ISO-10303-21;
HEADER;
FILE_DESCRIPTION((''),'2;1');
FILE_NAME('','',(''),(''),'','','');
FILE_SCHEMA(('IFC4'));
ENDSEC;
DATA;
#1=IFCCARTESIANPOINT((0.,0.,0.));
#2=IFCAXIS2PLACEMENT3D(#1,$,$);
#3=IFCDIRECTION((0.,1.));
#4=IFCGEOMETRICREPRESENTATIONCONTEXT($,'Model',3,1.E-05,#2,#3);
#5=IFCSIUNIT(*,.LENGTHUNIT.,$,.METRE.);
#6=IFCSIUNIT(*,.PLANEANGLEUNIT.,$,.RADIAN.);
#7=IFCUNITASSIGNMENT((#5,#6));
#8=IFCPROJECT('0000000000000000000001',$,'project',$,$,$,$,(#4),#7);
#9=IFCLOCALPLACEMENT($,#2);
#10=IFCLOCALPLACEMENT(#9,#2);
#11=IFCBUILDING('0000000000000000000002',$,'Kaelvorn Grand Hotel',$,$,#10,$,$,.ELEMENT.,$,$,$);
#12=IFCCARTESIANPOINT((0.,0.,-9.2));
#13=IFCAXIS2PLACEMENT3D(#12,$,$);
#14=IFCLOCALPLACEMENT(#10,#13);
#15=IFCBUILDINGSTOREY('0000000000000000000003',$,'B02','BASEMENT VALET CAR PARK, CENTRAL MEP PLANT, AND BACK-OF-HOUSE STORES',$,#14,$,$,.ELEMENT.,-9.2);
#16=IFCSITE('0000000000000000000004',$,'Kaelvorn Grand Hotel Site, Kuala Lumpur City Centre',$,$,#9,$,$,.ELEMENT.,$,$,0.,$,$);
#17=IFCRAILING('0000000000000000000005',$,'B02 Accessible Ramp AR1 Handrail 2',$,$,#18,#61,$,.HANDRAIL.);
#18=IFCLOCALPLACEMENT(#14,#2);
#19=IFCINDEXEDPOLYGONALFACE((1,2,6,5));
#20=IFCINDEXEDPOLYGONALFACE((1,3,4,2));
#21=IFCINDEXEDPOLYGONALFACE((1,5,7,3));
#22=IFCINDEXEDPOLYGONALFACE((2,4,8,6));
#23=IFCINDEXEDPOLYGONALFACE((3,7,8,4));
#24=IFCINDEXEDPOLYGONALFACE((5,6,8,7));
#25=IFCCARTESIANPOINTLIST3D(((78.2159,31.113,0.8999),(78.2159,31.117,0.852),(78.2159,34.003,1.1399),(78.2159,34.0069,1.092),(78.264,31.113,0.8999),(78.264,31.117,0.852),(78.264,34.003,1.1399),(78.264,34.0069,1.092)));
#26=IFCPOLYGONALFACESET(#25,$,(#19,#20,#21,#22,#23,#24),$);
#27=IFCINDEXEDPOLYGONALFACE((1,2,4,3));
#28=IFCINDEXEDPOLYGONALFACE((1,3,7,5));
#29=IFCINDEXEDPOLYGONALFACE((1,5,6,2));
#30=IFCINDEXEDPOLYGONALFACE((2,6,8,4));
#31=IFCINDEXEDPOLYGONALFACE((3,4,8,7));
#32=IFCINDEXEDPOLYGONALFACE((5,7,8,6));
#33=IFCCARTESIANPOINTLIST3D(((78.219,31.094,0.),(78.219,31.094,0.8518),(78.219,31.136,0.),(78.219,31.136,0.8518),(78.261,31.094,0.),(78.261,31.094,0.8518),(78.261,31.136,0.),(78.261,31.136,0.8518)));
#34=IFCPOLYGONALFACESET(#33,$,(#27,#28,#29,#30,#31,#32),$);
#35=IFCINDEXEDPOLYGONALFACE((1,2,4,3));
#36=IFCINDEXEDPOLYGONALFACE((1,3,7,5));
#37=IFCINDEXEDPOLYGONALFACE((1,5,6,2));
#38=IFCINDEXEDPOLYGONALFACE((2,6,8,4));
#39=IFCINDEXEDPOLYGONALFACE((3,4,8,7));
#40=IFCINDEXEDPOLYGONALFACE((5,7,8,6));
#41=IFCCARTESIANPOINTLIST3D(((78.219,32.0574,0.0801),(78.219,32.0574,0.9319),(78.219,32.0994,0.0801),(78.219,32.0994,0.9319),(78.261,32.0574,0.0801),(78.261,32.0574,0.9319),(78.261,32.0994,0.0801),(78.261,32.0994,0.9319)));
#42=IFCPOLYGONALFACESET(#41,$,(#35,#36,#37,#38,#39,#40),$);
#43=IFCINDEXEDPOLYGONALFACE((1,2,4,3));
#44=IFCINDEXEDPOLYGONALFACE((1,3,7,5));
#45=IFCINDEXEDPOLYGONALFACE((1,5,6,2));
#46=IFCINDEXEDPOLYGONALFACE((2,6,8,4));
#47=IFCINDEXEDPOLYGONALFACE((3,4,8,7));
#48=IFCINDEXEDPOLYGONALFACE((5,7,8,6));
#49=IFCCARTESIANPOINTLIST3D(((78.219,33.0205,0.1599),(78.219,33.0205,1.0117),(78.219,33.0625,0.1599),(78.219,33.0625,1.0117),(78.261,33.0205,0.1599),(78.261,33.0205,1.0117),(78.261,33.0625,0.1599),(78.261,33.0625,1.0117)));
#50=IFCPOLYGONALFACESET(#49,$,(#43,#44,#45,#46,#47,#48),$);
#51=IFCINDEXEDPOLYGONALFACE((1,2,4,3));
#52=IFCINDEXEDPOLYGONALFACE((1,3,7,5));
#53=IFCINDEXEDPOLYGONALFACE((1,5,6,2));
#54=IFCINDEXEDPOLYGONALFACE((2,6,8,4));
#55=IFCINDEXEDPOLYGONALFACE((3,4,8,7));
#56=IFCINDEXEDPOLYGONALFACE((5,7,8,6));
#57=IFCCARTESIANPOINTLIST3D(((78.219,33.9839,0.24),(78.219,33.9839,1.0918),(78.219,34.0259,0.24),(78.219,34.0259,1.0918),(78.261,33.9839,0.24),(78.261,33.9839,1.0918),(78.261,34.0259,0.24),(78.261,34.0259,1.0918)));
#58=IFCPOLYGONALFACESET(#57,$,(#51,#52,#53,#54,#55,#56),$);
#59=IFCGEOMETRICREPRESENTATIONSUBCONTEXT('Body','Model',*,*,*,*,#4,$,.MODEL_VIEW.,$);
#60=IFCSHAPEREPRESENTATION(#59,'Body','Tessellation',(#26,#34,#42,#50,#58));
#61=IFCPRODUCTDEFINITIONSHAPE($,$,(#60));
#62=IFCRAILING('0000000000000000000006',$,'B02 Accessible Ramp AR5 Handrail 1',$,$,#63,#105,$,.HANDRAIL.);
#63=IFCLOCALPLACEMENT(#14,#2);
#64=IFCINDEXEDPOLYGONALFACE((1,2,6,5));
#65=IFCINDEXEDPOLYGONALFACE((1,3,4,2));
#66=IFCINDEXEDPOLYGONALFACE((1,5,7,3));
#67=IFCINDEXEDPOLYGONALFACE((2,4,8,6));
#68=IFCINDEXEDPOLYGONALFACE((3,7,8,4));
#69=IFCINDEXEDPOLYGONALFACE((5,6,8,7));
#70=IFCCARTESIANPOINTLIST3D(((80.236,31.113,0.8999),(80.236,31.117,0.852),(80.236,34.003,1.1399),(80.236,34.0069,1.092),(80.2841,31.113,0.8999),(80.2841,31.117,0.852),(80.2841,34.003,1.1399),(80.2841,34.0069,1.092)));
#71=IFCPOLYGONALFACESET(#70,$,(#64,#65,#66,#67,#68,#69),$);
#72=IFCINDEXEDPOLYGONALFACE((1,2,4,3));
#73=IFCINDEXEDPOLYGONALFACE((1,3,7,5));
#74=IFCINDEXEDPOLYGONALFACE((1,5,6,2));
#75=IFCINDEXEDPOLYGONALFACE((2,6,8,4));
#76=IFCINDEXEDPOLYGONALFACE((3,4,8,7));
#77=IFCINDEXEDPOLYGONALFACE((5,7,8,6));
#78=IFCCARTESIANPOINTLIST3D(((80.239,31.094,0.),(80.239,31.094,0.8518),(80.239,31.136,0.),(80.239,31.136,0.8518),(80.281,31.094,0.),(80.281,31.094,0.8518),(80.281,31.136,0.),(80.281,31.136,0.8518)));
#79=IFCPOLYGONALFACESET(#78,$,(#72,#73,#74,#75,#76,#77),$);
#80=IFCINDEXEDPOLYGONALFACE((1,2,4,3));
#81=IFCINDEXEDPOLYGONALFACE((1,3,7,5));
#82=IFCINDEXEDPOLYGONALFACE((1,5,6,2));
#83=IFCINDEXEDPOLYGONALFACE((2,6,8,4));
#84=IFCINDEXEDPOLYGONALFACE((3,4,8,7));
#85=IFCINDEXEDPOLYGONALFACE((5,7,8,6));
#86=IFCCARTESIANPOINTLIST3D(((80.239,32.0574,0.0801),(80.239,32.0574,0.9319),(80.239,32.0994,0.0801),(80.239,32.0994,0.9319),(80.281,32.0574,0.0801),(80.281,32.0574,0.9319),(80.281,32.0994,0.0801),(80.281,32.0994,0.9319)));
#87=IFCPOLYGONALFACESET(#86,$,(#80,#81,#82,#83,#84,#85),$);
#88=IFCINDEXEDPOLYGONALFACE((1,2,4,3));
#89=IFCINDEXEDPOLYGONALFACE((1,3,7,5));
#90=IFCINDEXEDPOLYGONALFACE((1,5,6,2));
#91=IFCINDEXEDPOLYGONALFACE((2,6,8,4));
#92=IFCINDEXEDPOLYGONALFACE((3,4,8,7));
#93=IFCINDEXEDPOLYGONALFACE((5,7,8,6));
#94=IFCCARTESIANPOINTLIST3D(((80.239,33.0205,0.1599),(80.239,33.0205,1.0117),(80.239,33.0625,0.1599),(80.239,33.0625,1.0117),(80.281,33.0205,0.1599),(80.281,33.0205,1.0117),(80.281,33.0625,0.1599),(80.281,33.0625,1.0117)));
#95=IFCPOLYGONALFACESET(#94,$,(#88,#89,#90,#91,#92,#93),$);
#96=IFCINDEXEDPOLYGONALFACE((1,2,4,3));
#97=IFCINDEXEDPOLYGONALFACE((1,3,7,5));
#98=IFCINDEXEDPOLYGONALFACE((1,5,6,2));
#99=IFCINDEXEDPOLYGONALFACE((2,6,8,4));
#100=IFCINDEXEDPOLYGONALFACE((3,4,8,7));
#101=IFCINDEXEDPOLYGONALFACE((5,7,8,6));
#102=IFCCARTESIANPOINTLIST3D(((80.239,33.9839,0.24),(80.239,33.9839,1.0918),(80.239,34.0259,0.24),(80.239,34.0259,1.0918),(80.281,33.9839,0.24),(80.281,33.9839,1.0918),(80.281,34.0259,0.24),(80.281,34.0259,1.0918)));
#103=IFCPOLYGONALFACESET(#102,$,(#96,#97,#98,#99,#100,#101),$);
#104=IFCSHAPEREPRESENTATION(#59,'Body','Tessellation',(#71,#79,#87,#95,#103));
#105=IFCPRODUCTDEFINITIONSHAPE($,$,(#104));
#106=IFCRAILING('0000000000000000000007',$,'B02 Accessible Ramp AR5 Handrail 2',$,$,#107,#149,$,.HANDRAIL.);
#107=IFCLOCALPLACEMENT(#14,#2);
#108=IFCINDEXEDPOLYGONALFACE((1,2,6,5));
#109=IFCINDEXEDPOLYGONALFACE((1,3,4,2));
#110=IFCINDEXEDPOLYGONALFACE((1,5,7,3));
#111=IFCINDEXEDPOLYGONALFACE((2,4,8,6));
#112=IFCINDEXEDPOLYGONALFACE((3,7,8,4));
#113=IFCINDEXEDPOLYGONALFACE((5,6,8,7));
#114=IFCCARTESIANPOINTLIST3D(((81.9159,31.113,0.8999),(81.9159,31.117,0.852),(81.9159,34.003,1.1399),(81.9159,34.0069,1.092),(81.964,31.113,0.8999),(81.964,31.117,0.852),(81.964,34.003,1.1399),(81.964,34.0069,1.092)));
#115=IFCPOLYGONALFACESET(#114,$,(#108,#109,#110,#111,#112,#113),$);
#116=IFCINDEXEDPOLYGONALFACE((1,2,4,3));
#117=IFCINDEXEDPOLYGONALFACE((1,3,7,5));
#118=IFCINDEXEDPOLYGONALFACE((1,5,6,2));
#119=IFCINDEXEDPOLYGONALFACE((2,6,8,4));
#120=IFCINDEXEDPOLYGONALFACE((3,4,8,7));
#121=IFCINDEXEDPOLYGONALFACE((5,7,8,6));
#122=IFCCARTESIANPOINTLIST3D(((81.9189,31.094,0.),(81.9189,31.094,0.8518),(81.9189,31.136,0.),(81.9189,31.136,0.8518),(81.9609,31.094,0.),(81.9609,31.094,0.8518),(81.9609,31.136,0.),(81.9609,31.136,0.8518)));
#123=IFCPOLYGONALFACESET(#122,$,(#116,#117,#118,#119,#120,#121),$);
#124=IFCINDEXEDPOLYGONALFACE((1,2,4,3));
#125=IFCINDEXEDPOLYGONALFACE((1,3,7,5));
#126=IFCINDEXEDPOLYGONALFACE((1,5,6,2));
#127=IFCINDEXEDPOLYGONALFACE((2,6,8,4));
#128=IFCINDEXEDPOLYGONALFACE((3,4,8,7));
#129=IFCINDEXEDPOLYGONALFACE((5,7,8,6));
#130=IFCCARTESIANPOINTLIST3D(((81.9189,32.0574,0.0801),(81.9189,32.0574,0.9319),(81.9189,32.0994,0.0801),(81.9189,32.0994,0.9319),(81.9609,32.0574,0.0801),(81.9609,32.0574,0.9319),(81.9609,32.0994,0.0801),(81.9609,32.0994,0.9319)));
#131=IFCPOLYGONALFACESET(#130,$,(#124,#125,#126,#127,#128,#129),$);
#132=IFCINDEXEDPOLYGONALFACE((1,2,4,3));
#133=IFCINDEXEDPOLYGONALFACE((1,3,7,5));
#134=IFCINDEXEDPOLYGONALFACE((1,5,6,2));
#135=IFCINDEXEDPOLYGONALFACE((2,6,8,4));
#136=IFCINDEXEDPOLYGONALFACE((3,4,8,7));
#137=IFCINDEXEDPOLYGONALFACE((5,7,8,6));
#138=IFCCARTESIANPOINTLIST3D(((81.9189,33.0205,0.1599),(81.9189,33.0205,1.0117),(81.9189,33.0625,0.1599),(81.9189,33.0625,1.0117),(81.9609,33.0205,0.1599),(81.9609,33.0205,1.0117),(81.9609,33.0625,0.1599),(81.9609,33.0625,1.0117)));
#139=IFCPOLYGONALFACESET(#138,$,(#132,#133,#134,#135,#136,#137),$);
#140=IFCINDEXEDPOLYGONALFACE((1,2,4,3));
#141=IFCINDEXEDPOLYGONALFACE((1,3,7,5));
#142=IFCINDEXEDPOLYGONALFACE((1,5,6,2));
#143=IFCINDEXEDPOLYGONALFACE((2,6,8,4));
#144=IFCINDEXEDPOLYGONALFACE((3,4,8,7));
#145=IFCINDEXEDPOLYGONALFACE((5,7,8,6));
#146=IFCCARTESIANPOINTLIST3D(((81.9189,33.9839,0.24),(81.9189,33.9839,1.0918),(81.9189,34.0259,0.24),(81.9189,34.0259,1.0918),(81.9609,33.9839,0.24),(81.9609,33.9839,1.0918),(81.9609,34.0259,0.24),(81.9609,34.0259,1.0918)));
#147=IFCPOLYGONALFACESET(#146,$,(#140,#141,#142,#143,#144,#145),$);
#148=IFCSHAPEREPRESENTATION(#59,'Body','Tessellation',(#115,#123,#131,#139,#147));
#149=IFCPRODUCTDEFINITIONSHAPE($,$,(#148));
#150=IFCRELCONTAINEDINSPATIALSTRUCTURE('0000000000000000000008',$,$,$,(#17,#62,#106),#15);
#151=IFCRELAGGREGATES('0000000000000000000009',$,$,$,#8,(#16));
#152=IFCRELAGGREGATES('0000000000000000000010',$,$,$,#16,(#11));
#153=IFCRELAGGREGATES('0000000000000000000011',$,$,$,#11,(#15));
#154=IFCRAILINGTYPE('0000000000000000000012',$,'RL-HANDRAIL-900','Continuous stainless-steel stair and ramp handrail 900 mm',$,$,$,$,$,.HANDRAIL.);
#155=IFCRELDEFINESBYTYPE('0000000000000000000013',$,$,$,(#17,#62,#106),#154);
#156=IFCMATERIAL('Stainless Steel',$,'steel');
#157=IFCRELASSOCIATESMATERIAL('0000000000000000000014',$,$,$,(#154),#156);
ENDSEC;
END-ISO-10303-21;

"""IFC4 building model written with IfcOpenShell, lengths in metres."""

from ifc_helpers import new_model, si_unit, direction, frame, origin, origin_2d, place, context, subcontext, project, spatial, rectangle, extrude, material, type_object, element, save


model = new_model("IFC4")

# Units and contexts
model_context = context("Model", 3, precision=1e-05, world=origin(), true_north=direction((0.0, 1.0)))
body_context = subcontext(model_context, "Body", "Model", "MODEL_VIEW")
ifc_project = project(units=[si_unit("LENGTHUNIT", "METRE"), si_unit("PLANEANGLEUNIT", "RADIAN")], contexts=[model_context])

# Site, building, storey
site_placement = place(None, origin())
site = spatial("IfcSite", under=ifc_project, at=site_placement, Name="Kaelvorn Grand Hotel Site, Kuala Lumpur City Centre", CompositionType="ELEMENT", RefElevation=0.0)
building_placement = place(site_placement, origin())
building = spatial("IfcBuilding", under=site, at=building_placement, Name="Kaelvorn Grand Hotel", CompositionType="ELEMENT")
storey_placement = place(building_placement, frame((0.0, 0.0, -9.2)))
storey = spatial("IfcBuildingStorey", under=building, at=storey_placement, Name="B02", Description="BASEMENT VALET CAR PARK, CENTRAL MEP PLANT, AND BACK-OF-HOUSE STORES", CompositionType="ELEMENT", Elevation=-9.2)

# Railings
ifc_material_1 = material(Name="Stainless Steel", Category="steel")
railing_type = type_object("IfcRailingType", Name="RL-HANDRAIL-900", Description="Continuous stainless-steel stair and ramp handrail 900 mm", PredefinedType="HANDRAIL", material=ifc_material_1)
for number, where, name in (
    (1, (78.24, 31.115, 0.0), "B02 Accessible Ramp AR1 Handrail 2"),
    (2, (80.26, 31.115, 0.0), "B02 Accessible Ramp AR5 Handrail 1"),
    (3, (81.9399, 31.115, 0.0), "B02 Accessible Ramp AR5 Handrail 2"),
):
    element("IfcRailing", number, at=place(storey_placement, frame(where)), inside=storey, type_object=railing_type, Name=name, PredefinedType="HANDRAIL", context=body_context, shape_type="SweptSolid", body=[
        extrude(rectangle(XDim=0.0481, YDim=0.0481, at=origin_2d()), frame((0.0, 0.0, 0.876), z_axis=(0.0, 0.99657, 0.08276), x_axis=(-1.0, 0.0, 0.0)), (0.0, 0.0, 1.0), 2.8999),
        extrude(rectangle(XDim=0.042, YDim=0.042, at=origin_2d()), origin(), (0.0, 0.0, 1.0), 0.8518),
        extrude(rectangle(XDim=0.042, YDim=0.042, at=origin_2d()), frame((0.0, 0.9634, 0.0801)), (0.0, 0.0, 1.0), 0.8518),
        extrude(rectangle(XDim=0.042, YDim=0.042, at=origin_2d()), frame((0.0, 1.9265, 0.1599)), (0.0, 0.0, 1.0), 0.8518),
        extrude(rectangle(XDim=0.042, YDim=0.042, at=origin_2d()), frame((0.0, 2.8899, 0.24)), (0.0, 0.0, 1.0), 0.8518),
    ])

save(model, "model.ifc")
